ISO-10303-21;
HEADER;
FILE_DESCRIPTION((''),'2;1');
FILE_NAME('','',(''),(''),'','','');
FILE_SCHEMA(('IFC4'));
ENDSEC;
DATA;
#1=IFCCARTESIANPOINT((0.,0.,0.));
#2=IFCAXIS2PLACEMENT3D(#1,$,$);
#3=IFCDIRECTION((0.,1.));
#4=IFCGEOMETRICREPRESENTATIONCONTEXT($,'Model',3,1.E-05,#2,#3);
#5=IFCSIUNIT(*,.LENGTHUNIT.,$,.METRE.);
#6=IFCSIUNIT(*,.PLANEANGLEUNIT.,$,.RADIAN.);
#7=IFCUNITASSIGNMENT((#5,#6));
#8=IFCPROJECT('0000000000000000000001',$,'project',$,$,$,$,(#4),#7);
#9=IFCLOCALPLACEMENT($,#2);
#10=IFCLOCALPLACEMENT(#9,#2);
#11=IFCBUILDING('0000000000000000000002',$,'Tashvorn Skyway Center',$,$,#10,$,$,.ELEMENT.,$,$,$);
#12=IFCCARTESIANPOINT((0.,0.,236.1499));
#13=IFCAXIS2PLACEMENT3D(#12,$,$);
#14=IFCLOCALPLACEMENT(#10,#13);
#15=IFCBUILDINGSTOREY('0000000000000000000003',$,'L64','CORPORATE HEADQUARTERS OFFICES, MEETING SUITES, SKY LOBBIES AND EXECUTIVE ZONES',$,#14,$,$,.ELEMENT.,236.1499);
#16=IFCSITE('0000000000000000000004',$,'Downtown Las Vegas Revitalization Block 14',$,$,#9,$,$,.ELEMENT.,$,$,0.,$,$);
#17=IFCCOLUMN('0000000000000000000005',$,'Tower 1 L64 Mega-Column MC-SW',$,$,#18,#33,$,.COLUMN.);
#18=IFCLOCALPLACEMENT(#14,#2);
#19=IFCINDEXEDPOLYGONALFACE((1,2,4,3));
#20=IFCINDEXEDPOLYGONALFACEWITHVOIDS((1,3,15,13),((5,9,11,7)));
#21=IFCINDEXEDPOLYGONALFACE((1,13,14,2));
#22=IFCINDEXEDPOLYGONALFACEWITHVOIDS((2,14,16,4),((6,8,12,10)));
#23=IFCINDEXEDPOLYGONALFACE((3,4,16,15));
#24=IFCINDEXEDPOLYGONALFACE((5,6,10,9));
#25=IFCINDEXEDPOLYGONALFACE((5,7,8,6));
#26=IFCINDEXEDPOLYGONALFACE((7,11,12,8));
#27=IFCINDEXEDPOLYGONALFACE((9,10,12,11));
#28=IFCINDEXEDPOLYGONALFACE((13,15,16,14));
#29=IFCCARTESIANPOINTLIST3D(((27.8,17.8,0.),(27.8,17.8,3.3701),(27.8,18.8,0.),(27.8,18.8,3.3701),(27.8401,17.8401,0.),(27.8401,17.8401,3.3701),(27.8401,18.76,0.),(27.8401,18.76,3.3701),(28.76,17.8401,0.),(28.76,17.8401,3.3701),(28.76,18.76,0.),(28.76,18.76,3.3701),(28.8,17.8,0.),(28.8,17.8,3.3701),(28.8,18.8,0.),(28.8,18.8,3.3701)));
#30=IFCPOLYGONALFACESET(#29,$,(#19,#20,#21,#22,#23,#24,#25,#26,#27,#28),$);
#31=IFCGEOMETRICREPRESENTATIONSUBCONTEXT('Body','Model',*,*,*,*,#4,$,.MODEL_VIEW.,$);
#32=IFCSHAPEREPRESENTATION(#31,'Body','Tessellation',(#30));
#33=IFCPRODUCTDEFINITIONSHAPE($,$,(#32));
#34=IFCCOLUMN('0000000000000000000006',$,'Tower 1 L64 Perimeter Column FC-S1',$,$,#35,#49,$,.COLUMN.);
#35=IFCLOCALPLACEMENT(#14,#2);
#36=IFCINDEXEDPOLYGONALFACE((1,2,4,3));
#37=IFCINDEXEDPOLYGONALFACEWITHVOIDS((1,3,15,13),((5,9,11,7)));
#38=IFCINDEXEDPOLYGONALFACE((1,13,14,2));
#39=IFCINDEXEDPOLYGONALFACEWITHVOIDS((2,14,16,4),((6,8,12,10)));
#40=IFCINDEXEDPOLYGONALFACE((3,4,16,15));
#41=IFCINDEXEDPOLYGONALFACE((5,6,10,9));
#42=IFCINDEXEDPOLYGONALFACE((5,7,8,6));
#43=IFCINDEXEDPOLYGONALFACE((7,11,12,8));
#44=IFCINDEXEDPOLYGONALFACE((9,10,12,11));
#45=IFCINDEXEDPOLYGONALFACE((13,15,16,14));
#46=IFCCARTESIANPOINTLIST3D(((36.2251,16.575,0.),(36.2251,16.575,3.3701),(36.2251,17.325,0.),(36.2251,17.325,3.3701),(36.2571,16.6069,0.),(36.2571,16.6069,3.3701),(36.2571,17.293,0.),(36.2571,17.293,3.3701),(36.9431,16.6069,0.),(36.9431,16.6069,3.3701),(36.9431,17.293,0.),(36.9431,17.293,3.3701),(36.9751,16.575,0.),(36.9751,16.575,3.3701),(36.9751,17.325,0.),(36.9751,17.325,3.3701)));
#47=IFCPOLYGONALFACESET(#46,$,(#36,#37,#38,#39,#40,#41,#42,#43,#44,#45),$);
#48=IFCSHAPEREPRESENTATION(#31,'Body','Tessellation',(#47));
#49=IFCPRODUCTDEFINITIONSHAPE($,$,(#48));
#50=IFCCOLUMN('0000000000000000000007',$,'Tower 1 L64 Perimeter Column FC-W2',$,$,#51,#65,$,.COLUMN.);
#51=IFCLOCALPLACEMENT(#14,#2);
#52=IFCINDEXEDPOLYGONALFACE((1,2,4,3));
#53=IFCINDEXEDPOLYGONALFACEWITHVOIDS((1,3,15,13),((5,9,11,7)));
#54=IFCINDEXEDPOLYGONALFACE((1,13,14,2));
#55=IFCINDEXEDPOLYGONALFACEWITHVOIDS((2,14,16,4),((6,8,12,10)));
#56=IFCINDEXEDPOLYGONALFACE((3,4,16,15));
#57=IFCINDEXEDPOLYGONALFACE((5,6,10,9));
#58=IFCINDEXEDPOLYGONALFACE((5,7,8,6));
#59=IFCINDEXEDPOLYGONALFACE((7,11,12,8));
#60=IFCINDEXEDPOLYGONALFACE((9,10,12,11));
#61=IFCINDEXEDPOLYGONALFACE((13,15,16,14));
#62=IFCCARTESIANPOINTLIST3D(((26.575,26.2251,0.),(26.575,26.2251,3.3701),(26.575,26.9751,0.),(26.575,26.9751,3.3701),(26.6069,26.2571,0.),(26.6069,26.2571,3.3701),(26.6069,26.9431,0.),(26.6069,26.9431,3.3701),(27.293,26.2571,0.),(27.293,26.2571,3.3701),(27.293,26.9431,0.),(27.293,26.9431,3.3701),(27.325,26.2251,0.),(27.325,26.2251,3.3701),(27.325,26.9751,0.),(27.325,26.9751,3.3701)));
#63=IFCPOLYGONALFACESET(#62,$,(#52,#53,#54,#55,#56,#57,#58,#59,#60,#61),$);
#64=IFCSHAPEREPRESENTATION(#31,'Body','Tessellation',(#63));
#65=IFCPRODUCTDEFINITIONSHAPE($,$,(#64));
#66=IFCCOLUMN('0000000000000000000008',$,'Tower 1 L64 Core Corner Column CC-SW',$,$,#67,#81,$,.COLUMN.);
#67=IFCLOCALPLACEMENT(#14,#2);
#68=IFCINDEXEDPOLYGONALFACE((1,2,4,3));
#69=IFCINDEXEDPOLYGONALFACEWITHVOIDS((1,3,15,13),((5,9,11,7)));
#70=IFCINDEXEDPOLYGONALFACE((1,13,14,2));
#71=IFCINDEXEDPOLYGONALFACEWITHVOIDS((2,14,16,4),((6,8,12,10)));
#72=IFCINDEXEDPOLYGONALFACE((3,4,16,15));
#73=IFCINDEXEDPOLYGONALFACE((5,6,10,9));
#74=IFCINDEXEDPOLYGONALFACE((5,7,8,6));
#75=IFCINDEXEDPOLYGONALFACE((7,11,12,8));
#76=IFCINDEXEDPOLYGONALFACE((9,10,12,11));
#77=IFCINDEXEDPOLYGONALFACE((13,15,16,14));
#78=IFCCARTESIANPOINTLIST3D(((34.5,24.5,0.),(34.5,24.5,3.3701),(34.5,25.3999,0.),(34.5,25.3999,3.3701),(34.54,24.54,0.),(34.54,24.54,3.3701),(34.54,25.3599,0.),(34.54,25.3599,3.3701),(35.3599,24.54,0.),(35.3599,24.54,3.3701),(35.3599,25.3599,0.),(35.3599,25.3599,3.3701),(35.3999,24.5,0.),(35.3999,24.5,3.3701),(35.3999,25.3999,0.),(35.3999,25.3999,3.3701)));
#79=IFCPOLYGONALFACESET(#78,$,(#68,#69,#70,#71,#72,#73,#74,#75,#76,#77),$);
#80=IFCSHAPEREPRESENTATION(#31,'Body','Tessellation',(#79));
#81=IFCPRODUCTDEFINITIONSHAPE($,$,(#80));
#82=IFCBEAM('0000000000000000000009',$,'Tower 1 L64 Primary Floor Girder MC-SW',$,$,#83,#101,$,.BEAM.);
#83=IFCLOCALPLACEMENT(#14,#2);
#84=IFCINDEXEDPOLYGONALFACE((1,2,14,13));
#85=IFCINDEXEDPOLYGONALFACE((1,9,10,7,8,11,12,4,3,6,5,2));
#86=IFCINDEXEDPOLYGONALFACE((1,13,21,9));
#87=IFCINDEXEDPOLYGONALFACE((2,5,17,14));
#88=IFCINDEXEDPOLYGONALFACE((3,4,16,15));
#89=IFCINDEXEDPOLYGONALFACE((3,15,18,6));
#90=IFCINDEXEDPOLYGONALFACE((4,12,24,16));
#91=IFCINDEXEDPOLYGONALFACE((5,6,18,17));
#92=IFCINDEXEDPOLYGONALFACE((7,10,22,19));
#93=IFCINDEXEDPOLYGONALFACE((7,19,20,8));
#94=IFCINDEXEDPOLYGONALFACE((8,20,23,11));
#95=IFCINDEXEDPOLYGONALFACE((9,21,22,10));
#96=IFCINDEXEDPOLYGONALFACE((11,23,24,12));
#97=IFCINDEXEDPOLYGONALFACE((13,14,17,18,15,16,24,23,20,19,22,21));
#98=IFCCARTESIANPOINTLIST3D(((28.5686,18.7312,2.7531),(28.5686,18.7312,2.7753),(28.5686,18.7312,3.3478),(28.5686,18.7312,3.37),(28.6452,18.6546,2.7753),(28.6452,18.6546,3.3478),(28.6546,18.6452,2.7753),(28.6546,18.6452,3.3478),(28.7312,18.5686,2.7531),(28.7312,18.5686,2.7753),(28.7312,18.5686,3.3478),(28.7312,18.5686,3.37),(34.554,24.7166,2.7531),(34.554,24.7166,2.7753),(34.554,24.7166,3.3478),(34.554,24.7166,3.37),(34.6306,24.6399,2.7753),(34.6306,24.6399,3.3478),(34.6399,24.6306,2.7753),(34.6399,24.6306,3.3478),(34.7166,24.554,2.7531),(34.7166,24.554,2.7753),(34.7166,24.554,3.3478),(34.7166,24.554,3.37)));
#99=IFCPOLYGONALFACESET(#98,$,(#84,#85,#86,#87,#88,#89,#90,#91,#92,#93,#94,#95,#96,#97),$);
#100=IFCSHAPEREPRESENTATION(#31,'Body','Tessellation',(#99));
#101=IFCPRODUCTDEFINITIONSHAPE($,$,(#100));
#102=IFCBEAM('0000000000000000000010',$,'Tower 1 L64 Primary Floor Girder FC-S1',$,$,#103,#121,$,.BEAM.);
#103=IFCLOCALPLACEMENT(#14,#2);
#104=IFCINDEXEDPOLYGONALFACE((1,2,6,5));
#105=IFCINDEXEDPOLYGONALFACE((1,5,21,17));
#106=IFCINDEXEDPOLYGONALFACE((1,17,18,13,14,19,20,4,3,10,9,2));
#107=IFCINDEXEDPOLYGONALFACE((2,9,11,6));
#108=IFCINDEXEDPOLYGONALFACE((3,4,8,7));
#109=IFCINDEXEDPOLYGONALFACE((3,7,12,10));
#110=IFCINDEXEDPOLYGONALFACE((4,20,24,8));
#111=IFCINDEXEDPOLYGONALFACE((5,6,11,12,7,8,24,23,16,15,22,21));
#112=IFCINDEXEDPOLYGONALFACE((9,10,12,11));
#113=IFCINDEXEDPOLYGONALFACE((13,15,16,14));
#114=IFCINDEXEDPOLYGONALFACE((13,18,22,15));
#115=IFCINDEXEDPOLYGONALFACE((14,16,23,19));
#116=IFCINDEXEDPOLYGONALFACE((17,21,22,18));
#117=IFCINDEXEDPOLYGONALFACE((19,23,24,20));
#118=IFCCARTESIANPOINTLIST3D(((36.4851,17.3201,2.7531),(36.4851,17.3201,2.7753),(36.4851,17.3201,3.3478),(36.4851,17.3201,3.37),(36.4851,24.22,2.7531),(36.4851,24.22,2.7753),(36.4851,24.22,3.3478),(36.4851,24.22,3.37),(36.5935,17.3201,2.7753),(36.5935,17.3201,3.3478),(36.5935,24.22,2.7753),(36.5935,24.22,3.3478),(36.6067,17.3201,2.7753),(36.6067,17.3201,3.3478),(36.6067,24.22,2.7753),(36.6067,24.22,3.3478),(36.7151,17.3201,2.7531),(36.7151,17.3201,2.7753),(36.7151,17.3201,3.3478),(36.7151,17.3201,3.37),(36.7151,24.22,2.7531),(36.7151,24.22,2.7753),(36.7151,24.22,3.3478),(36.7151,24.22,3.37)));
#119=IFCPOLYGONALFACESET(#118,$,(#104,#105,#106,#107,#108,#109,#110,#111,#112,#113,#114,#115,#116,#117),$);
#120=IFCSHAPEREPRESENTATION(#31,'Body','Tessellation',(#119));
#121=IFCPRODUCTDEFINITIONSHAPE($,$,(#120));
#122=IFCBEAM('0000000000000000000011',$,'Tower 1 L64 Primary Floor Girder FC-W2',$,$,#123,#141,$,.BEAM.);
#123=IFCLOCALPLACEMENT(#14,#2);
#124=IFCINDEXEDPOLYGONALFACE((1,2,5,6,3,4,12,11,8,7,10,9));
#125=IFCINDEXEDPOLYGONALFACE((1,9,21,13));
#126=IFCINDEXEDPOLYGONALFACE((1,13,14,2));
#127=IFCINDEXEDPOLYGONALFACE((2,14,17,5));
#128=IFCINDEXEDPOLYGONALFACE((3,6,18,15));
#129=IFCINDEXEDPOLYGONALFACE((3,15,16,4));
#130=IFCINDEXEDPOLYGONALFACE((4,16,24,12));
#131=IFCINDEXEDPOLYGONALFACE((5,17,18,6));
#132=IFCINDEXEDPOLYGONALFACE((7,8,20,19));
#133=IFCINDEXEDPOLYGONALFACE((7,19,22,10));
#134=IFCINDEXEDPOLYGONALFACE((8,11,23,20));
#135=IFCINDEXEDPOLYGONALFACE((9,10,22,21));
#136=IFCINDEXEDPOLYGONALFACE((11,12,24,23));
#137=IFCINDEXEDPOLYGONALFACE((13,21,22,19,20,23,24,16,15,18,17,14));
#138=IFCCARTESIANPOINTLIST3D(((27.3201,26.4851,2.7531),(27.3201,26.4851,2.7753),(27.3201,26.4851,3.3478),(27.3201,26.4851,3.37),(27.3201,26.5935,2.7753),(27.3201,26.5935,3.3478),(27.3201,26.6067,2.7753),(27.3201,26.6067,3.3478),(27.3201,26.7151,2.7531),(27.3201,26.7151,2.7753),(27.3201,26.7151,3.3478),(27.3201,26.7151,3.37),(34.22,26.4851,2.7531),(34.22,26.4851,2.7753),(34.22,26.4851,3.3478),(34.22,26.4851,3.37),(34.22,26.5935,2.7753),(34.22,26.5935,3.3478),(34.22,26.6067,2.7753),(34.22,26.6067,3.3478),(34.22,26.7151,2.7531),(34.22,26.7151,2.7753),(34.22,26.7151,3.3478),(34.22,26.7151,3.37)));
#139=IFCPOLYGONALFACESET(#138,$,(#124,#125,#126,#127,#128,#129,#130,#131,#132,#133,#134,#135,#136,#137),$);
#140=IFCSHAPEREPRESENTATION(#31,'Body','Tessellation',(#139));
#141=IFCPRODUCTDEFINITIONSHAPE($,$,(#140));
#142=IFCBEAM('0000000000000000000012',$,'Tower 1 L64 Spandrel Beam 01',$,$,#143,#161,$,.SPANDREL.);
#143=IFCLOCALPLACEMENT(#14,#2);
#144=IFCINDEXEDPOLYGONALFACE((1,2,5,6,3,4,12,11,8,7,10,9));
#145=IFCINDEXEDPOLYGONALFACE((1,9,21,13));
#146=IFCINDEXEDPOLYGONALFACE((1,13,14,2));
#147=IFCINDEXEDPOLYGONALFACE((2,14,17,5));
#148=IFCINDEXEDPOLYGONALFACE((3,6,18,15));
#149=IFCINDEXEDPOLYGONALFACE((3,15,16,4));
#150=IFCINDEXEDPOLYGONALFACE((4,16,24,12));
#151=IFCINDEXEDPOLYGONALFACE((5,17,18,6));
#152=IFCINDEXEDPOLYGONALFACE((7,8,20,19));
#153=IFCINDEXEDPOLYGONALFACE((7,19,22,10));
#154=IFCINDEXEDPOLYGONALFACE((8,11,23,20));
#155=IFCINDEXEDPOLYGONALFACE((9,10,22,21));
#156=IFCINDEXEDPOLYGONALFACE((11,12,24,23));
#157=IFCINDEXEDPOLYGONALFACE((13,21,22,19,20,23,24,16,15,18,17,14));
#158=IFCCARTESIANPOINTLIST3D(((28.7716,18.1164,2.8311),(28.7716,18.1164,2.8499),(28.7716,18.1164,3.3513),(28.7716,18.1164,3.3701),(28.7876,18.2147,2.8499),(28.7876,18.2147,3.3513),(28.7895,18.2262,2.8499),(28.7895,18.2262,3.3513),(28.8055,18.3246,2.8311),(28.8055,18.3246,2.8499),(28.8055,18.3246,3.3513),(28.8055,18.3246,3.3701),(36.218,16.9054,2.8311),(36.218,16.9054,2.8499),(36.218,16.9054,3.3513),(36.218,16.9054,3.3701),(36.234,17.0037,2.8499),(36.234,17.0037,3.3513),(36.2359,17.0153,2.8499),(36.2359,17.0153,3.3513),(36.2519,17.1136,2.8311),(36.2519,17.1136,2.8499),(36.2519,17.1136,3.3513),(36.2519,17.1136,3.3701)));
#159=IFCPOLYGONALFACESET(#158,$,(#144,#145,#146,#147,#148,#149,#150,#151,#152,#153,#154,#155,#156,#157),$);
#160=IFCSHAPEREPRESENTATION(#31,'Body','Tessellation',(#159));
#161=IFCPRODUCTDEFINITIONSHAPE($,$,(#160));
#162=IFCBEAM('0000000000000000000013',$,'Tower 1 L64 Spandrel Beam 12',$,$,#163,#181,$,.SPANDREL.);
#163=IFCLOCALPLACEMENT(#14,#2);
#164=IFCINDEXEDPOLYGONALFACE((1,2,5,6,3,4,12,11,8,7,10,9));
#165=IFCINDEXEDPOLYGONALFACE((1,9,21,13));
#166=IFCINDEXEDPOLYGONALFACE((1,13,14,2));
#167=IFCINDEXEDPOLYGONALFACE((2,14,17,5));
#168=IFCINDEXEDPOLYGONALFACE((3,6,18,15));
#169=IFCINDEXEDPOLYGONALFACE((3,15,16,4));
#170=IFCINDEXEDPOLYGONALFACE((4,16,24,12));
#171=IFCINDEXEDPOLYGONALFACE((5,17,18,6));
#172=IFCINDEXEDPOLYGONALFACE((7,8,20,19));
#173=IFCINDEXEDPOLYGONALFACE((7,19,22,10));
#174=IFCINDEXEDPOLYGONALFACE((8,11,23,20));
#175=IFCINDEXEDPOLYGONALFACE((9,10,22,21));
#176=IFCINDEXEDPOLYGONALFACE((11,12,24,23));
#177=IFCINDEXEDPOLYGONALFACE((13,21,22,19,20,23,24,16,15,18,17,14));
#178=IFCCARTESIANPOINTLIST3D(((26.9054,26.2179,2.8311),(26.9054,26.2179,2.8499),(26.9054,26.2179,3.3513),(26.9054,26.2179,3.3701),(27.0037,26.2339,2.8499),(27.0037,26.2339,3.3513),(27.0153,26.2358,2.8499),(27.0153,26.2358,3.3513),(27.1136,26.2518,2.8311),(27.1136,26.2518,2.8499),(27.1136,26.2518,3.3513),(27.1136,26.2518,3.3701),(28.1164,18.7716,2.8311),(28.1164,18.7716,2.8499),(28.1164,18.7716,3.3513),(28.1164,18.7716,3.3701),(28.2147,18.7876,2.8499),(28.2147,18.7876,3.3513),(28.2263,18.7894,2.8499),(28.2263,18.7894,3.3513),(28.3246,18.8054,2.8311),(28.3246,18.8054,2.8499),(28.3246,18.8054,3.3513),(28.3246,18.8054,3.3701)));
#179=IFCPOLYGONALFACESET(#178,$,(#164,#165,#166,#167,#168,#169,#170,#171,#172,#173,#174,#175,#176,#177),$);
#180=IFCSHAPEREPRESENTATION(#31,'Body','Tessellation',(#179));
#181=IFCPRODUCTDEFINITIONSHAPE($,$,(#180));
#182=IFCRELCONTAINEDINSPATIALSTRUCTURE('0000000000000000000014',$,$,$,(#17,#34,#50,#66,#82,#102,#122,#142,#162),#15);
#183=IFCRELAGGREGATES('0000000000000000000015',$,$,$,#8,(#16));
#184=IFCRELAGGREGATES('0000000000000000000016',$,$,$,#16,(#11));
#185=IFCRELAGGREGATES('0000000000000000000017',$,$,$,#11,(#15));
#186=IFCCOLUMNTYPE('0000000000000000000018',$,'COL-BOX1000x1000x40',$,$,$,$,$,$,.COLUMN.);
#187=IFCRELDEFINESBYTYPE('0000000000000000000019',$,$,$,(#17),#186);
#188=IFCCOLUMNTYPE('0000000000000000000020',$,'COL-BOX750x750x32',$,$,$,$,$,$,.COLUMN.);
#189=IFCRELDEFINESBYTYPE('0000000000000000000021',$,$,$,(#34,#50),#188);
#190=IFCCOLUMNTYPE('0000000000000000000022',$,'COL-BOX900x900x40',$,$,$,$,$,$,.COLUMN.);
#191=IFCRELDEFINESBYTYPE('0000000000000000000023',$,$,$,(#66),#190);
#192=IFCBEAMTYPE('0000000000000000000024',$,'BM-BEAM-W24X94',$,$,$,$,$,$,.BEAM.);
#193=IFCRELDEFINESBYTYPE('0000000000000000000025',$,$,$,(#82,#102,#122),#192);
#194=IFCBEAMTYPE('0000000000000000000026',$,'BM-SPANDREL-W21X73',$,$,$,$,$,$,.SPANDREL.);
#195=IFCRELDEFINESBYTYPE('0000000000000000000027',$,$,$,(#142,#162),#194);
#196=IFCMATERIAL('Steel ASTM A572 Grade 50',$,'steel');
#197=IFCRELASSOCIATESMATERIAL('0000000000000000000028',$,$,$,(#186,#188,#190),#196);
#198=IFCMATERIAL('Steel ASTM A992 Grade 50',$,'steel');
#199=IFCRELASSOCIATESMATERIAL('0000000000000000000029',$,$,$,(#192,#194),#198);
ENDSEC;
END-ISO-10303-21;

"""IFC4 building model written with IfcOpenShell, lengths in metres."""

from ifc_helpers import new_model, si_unit, direction, frame, origin, origin_2d, place, context, subcontext, project, spatial, hollow_rectangle, i_section, extrude, material, material_profile, profile_set, type_object, element, save


model = new_model("IFC4")

# Units and contexts
model_context = context("Model", 3, precision=1e-05, world=origin(), true_north=direction((0.0, 1.0)))
body_context = subcontext(model_context, "Body", "Model", "MODEL_VIEW")
ifc_project = project(units=[si_unit("LENGTHUNIT", "METRE"), si_unit("PLANEANGLEUNIT", "RADIAN")], contexts=[model_context])

# Site, building, storey
site_placement = place(None, origin())
site = spatial("IfcSite", under=ifc_project, at=site_placement, Name="Downtown Las Vegas Revitalization Block 14", CompositionType="ELEMENT", RefElevation=0.0)
building_placement = place(site_placement, origin())
building = spatial("IfcBuilding", under=site, at=building_placement, Name="Tashvorn Skyway Center", CompositionType="ELEMENT")
storey_placement = place(building_placement, frame((0.0, 0.0, 236.1499)))
storey = spatial("IfcBuildingStorey", under=building, at=storey_placement, Name="L64", Description="CORPORATE HEADQUARTERS OFFICES, MEETING SUITES, SKY LOBBIES AND EXECUTIVE ZONES", CompositionType="ELEMENT", Elevation=236.1499)

# Columns
ifc_material_1 = material(Name="Steel ASTM A572 Grade 50", Category="steel")
ifc_material_profile_1 = material_profile(ifc_material_1, hollow_rectangle(XDim=1.0, YDim=1.0, WallThickness=0.04, at=origin_2d()), Name="BOX1000x1000x40")
ifc_profile_set_1 = profile_set([ifc_material_profile_1], Name="Steel ASTM A572 Grade 50")
column_type_1 = type_object("IfcColumnType", Name="COL-BOX1000x1000x40", PredefinedType="COLUMN", material=ifc_profile_set_1)
column_1_placement = place(storey_placement, frame((28.3, 18.3, 0.0), z_axis=(0.0, 0.0, 1.0), x_axis=(1.0, 0.0, 0.0)))
element("IfcColumn", 1, at=column_1_placement, inside=storey, type_object=column_type_1, Name="Tower 1 L64 Mega-Column MC-SW", PredefinedType="COLUMN", context=body_context, shape_type="SweptSolid", body=[
    extrude(hollow_rectangle(XDim=1.0, YDim=1.0, WallThickness=0.04, at=origin_2d()), origin(), (0.0, 0.0, 1.0), 3.3701),
])
ifc_material_profile_2 = material_profile(ifc_material_1, hollow_rectangle(XDim=0.75, YDim=0.75, WallThickness=0.032, at=origin_2d()), Name="BOX750x750x32")
ifc_profile_set_2 = profile_set([ifc_material_profile_2], Name="Steel ASTM A572 Grade 50")
column_type_2 = type_object("IfcColumnType", Name="COL-BOX750x750x32", PredefinedType="COLUMN", material=ifc_profile_set_2)
for number, where, z_axis, x_axis, name in (
    (2, (36.6001, 16.95, 0.0), (0.0, 0.0, 1.0), (1.0, 0.0, 0.0), "Tower 1 L64 Perimeter Column FC-S1"),
    (3, (26.95, 26.6001, 0.0), (0.0, 0.0, 1.0), (1.0, 0.0, 0.0), "Tower 1 L64 Perimeter Column FC-W2"),
):
    element("IfcColumn", number, at=place(storey_placement, frame(where, z_axis=z_axis, x_axis=x_axis)), inside=storey, type_object=column_type_2, Name=name, PredefinedType="COLUMN", context=body_context, shape_type="SweptSolid", body=[
        extrude(hollow_rectangle(XDim=0.75, YDim=0.75, WallThickness=0.032, at=origin_2d()), origin(), (0.0, 0.0, 1.0), 3.3701),
    ])
ifc_material_profile_3 = material_profile(ifc_material_1, hollow_rectangle(XDim=0.8999, YDim=0.8999, WallThickness=0.04, at=origin_2d()), Name="BOX900x900x40")
ifc_profile_set_3 = profile_set([ifc_material_profile_3], Name="Steel ASTM A572 Grade 50")
column_type_3 = type_object("IfcColumnType", Name="COL-BOX900x900x40", PredefinedType="COLUMN", material=ifc_profile_set_3)
column_2_placement = place(storey_placement, frame((34.95, 24.95, 0.0), z_axis=(0.0, 0.0, 1.0), x_axis=(1.0, 0.0, 0.0)))
element("IfcColumn", 4, at=column_2_placement, inside=storey, type_object=column_type_3, Name="Tower 1 L64 Core Corner Column CC-SW", PredefinedType="COLUMN", context=body_context, shape_type="SweptSolid", body=[
    extrude(hollow_rectangle(XDim=0.8999, YDim=0.8999, WallThickness=0.04, at=origin_2d()), origin(), (0.0, 0.0, 1.0), 3.3701),
])

# Beams
ifc_material_2 = material(Name="Steel ASTM A992 Grade 50", Category="steel")
ifc_material_profile_4 = material_profile(ifc_material_2, i_section(OverallWidth=0.23, OverallDepth=0.6169, WebThickness=0.0132, FlangeThickness=0.0222, at=origin_2d()), Name="W24X94")
ifc_profile_set_4 = profile_set([ifc_material_profile_4], Name="Steel ASTM A992 Grade 50")
beam_type_1 = type_object("IfcBeamType", Name="BM-BEAM-W24X94", PredefinedType="BEAM", material=ifc_profile_set_4)
beam_placement = place(storey_placement, frame((28.6499, 18.6499, 3.0615), z_axis=(0.707107, 0.707107, 0.0), x_axis=(-0.707107, 0.707107, 0.0)))
element("IfcBeam", 5, at=beam_placement, inside=storey, type_object=beam_type_1, Name="Tower 1 L64 Primary Floor Girder MC-SW", PredefinedType="BEAM", context=body_context, shape_type="SweptSolid", body=[
    extrude(i_section(OverallWidth=0.23, OverallDepth=0.6169, WebThickness=0.0132, FlangeThickness=0.0222, at=origin_2d()), origin(), (0.0, 0.0, 1.0), 8.4646),
])
for number, where, z_axis, x_axis, name in (
    (6, (36.6001, 17.3201, 3.0615), (0.0, 1.0, 0.0), (-1.0, 0.0, 0.0), "Tower 1 L64 Primary Floor Girder FC-S1"),
    (7, (27.3201, 26.6001, 3.0615), (1.0, 0.0, 0.0), (0.0, 1.0, 0.0), "Tower 1 L64 Primary Floor Girder FC-W2"),
):
    element("IfcBeam", number, at=place(storey_placement, frame(where, z_axis=z_axis, x_axis=x_axis)), inside=storey, type_object=beam_type_1, Name=name, PredefinedType="BEAM", context=body_context, shape_type="SweptSolid", body=[
        extrude(i_section(OverallWidth=0.23, OverallDepth=0.6169, WebThickness=0.0132, FlangeThickness=0.0222, at=origin_2d()), origin(), (0.0, 0.0, 1.0), 6.8999),
    ])
ifc_material_profile_5 = material_profile(ifc_material_2, i_section(OverallWidth=0.2109, OverallDepth=0.5391, WebThickness=0.0117, FlangeThickness=0.0188, at=origin_2d()), Name="W21X73")
ifc_profile_set_5 = profile_set([ifc_material_profile_5], Name="Steel ASTM A992 Grade 50")
beam_type_2 = type_object("IfcBeamType", Name="BM-SPANDREL-W21X73", PredefinedType="SPANDREL", material=ifc_profile_set_5)
for number, where, z_axis, x_axis, name in (
    (8, (28.7886, 18.2205, 3.1006), (0.987034, -0.160514, 0.0), (0.160514, 0.987034, 0.0), "Tower 1 L64 Spandrel Beam 01"),
    (9, (27.0095, 26.2349, 3.1006), (0.160514, -0.987034, 0.0), (0.987034, 0.160514, 0.0), "Tower 1 L64 Spandrel Beam 12"),
):
    element("IfcBeam", number, at=place(storey_placement, frame(where, z_axis=z_axis, x_axis=x_axis)), inside=storey, type_object=beam_type_2, Name=name, PredefinedType="SPANDREL", context=body_context, shape_type="SweptSolid", body=[
        extrude(i_section(OverallWidth=0.2109, OverallDepth=0.5391, WebThickness=0.0117, FlangeThickness=0.0188, at=origin_2d()), origin(), (0.0, 0.0, 1.0), 7.5442),
    ])

save(model, "model.ifc")
